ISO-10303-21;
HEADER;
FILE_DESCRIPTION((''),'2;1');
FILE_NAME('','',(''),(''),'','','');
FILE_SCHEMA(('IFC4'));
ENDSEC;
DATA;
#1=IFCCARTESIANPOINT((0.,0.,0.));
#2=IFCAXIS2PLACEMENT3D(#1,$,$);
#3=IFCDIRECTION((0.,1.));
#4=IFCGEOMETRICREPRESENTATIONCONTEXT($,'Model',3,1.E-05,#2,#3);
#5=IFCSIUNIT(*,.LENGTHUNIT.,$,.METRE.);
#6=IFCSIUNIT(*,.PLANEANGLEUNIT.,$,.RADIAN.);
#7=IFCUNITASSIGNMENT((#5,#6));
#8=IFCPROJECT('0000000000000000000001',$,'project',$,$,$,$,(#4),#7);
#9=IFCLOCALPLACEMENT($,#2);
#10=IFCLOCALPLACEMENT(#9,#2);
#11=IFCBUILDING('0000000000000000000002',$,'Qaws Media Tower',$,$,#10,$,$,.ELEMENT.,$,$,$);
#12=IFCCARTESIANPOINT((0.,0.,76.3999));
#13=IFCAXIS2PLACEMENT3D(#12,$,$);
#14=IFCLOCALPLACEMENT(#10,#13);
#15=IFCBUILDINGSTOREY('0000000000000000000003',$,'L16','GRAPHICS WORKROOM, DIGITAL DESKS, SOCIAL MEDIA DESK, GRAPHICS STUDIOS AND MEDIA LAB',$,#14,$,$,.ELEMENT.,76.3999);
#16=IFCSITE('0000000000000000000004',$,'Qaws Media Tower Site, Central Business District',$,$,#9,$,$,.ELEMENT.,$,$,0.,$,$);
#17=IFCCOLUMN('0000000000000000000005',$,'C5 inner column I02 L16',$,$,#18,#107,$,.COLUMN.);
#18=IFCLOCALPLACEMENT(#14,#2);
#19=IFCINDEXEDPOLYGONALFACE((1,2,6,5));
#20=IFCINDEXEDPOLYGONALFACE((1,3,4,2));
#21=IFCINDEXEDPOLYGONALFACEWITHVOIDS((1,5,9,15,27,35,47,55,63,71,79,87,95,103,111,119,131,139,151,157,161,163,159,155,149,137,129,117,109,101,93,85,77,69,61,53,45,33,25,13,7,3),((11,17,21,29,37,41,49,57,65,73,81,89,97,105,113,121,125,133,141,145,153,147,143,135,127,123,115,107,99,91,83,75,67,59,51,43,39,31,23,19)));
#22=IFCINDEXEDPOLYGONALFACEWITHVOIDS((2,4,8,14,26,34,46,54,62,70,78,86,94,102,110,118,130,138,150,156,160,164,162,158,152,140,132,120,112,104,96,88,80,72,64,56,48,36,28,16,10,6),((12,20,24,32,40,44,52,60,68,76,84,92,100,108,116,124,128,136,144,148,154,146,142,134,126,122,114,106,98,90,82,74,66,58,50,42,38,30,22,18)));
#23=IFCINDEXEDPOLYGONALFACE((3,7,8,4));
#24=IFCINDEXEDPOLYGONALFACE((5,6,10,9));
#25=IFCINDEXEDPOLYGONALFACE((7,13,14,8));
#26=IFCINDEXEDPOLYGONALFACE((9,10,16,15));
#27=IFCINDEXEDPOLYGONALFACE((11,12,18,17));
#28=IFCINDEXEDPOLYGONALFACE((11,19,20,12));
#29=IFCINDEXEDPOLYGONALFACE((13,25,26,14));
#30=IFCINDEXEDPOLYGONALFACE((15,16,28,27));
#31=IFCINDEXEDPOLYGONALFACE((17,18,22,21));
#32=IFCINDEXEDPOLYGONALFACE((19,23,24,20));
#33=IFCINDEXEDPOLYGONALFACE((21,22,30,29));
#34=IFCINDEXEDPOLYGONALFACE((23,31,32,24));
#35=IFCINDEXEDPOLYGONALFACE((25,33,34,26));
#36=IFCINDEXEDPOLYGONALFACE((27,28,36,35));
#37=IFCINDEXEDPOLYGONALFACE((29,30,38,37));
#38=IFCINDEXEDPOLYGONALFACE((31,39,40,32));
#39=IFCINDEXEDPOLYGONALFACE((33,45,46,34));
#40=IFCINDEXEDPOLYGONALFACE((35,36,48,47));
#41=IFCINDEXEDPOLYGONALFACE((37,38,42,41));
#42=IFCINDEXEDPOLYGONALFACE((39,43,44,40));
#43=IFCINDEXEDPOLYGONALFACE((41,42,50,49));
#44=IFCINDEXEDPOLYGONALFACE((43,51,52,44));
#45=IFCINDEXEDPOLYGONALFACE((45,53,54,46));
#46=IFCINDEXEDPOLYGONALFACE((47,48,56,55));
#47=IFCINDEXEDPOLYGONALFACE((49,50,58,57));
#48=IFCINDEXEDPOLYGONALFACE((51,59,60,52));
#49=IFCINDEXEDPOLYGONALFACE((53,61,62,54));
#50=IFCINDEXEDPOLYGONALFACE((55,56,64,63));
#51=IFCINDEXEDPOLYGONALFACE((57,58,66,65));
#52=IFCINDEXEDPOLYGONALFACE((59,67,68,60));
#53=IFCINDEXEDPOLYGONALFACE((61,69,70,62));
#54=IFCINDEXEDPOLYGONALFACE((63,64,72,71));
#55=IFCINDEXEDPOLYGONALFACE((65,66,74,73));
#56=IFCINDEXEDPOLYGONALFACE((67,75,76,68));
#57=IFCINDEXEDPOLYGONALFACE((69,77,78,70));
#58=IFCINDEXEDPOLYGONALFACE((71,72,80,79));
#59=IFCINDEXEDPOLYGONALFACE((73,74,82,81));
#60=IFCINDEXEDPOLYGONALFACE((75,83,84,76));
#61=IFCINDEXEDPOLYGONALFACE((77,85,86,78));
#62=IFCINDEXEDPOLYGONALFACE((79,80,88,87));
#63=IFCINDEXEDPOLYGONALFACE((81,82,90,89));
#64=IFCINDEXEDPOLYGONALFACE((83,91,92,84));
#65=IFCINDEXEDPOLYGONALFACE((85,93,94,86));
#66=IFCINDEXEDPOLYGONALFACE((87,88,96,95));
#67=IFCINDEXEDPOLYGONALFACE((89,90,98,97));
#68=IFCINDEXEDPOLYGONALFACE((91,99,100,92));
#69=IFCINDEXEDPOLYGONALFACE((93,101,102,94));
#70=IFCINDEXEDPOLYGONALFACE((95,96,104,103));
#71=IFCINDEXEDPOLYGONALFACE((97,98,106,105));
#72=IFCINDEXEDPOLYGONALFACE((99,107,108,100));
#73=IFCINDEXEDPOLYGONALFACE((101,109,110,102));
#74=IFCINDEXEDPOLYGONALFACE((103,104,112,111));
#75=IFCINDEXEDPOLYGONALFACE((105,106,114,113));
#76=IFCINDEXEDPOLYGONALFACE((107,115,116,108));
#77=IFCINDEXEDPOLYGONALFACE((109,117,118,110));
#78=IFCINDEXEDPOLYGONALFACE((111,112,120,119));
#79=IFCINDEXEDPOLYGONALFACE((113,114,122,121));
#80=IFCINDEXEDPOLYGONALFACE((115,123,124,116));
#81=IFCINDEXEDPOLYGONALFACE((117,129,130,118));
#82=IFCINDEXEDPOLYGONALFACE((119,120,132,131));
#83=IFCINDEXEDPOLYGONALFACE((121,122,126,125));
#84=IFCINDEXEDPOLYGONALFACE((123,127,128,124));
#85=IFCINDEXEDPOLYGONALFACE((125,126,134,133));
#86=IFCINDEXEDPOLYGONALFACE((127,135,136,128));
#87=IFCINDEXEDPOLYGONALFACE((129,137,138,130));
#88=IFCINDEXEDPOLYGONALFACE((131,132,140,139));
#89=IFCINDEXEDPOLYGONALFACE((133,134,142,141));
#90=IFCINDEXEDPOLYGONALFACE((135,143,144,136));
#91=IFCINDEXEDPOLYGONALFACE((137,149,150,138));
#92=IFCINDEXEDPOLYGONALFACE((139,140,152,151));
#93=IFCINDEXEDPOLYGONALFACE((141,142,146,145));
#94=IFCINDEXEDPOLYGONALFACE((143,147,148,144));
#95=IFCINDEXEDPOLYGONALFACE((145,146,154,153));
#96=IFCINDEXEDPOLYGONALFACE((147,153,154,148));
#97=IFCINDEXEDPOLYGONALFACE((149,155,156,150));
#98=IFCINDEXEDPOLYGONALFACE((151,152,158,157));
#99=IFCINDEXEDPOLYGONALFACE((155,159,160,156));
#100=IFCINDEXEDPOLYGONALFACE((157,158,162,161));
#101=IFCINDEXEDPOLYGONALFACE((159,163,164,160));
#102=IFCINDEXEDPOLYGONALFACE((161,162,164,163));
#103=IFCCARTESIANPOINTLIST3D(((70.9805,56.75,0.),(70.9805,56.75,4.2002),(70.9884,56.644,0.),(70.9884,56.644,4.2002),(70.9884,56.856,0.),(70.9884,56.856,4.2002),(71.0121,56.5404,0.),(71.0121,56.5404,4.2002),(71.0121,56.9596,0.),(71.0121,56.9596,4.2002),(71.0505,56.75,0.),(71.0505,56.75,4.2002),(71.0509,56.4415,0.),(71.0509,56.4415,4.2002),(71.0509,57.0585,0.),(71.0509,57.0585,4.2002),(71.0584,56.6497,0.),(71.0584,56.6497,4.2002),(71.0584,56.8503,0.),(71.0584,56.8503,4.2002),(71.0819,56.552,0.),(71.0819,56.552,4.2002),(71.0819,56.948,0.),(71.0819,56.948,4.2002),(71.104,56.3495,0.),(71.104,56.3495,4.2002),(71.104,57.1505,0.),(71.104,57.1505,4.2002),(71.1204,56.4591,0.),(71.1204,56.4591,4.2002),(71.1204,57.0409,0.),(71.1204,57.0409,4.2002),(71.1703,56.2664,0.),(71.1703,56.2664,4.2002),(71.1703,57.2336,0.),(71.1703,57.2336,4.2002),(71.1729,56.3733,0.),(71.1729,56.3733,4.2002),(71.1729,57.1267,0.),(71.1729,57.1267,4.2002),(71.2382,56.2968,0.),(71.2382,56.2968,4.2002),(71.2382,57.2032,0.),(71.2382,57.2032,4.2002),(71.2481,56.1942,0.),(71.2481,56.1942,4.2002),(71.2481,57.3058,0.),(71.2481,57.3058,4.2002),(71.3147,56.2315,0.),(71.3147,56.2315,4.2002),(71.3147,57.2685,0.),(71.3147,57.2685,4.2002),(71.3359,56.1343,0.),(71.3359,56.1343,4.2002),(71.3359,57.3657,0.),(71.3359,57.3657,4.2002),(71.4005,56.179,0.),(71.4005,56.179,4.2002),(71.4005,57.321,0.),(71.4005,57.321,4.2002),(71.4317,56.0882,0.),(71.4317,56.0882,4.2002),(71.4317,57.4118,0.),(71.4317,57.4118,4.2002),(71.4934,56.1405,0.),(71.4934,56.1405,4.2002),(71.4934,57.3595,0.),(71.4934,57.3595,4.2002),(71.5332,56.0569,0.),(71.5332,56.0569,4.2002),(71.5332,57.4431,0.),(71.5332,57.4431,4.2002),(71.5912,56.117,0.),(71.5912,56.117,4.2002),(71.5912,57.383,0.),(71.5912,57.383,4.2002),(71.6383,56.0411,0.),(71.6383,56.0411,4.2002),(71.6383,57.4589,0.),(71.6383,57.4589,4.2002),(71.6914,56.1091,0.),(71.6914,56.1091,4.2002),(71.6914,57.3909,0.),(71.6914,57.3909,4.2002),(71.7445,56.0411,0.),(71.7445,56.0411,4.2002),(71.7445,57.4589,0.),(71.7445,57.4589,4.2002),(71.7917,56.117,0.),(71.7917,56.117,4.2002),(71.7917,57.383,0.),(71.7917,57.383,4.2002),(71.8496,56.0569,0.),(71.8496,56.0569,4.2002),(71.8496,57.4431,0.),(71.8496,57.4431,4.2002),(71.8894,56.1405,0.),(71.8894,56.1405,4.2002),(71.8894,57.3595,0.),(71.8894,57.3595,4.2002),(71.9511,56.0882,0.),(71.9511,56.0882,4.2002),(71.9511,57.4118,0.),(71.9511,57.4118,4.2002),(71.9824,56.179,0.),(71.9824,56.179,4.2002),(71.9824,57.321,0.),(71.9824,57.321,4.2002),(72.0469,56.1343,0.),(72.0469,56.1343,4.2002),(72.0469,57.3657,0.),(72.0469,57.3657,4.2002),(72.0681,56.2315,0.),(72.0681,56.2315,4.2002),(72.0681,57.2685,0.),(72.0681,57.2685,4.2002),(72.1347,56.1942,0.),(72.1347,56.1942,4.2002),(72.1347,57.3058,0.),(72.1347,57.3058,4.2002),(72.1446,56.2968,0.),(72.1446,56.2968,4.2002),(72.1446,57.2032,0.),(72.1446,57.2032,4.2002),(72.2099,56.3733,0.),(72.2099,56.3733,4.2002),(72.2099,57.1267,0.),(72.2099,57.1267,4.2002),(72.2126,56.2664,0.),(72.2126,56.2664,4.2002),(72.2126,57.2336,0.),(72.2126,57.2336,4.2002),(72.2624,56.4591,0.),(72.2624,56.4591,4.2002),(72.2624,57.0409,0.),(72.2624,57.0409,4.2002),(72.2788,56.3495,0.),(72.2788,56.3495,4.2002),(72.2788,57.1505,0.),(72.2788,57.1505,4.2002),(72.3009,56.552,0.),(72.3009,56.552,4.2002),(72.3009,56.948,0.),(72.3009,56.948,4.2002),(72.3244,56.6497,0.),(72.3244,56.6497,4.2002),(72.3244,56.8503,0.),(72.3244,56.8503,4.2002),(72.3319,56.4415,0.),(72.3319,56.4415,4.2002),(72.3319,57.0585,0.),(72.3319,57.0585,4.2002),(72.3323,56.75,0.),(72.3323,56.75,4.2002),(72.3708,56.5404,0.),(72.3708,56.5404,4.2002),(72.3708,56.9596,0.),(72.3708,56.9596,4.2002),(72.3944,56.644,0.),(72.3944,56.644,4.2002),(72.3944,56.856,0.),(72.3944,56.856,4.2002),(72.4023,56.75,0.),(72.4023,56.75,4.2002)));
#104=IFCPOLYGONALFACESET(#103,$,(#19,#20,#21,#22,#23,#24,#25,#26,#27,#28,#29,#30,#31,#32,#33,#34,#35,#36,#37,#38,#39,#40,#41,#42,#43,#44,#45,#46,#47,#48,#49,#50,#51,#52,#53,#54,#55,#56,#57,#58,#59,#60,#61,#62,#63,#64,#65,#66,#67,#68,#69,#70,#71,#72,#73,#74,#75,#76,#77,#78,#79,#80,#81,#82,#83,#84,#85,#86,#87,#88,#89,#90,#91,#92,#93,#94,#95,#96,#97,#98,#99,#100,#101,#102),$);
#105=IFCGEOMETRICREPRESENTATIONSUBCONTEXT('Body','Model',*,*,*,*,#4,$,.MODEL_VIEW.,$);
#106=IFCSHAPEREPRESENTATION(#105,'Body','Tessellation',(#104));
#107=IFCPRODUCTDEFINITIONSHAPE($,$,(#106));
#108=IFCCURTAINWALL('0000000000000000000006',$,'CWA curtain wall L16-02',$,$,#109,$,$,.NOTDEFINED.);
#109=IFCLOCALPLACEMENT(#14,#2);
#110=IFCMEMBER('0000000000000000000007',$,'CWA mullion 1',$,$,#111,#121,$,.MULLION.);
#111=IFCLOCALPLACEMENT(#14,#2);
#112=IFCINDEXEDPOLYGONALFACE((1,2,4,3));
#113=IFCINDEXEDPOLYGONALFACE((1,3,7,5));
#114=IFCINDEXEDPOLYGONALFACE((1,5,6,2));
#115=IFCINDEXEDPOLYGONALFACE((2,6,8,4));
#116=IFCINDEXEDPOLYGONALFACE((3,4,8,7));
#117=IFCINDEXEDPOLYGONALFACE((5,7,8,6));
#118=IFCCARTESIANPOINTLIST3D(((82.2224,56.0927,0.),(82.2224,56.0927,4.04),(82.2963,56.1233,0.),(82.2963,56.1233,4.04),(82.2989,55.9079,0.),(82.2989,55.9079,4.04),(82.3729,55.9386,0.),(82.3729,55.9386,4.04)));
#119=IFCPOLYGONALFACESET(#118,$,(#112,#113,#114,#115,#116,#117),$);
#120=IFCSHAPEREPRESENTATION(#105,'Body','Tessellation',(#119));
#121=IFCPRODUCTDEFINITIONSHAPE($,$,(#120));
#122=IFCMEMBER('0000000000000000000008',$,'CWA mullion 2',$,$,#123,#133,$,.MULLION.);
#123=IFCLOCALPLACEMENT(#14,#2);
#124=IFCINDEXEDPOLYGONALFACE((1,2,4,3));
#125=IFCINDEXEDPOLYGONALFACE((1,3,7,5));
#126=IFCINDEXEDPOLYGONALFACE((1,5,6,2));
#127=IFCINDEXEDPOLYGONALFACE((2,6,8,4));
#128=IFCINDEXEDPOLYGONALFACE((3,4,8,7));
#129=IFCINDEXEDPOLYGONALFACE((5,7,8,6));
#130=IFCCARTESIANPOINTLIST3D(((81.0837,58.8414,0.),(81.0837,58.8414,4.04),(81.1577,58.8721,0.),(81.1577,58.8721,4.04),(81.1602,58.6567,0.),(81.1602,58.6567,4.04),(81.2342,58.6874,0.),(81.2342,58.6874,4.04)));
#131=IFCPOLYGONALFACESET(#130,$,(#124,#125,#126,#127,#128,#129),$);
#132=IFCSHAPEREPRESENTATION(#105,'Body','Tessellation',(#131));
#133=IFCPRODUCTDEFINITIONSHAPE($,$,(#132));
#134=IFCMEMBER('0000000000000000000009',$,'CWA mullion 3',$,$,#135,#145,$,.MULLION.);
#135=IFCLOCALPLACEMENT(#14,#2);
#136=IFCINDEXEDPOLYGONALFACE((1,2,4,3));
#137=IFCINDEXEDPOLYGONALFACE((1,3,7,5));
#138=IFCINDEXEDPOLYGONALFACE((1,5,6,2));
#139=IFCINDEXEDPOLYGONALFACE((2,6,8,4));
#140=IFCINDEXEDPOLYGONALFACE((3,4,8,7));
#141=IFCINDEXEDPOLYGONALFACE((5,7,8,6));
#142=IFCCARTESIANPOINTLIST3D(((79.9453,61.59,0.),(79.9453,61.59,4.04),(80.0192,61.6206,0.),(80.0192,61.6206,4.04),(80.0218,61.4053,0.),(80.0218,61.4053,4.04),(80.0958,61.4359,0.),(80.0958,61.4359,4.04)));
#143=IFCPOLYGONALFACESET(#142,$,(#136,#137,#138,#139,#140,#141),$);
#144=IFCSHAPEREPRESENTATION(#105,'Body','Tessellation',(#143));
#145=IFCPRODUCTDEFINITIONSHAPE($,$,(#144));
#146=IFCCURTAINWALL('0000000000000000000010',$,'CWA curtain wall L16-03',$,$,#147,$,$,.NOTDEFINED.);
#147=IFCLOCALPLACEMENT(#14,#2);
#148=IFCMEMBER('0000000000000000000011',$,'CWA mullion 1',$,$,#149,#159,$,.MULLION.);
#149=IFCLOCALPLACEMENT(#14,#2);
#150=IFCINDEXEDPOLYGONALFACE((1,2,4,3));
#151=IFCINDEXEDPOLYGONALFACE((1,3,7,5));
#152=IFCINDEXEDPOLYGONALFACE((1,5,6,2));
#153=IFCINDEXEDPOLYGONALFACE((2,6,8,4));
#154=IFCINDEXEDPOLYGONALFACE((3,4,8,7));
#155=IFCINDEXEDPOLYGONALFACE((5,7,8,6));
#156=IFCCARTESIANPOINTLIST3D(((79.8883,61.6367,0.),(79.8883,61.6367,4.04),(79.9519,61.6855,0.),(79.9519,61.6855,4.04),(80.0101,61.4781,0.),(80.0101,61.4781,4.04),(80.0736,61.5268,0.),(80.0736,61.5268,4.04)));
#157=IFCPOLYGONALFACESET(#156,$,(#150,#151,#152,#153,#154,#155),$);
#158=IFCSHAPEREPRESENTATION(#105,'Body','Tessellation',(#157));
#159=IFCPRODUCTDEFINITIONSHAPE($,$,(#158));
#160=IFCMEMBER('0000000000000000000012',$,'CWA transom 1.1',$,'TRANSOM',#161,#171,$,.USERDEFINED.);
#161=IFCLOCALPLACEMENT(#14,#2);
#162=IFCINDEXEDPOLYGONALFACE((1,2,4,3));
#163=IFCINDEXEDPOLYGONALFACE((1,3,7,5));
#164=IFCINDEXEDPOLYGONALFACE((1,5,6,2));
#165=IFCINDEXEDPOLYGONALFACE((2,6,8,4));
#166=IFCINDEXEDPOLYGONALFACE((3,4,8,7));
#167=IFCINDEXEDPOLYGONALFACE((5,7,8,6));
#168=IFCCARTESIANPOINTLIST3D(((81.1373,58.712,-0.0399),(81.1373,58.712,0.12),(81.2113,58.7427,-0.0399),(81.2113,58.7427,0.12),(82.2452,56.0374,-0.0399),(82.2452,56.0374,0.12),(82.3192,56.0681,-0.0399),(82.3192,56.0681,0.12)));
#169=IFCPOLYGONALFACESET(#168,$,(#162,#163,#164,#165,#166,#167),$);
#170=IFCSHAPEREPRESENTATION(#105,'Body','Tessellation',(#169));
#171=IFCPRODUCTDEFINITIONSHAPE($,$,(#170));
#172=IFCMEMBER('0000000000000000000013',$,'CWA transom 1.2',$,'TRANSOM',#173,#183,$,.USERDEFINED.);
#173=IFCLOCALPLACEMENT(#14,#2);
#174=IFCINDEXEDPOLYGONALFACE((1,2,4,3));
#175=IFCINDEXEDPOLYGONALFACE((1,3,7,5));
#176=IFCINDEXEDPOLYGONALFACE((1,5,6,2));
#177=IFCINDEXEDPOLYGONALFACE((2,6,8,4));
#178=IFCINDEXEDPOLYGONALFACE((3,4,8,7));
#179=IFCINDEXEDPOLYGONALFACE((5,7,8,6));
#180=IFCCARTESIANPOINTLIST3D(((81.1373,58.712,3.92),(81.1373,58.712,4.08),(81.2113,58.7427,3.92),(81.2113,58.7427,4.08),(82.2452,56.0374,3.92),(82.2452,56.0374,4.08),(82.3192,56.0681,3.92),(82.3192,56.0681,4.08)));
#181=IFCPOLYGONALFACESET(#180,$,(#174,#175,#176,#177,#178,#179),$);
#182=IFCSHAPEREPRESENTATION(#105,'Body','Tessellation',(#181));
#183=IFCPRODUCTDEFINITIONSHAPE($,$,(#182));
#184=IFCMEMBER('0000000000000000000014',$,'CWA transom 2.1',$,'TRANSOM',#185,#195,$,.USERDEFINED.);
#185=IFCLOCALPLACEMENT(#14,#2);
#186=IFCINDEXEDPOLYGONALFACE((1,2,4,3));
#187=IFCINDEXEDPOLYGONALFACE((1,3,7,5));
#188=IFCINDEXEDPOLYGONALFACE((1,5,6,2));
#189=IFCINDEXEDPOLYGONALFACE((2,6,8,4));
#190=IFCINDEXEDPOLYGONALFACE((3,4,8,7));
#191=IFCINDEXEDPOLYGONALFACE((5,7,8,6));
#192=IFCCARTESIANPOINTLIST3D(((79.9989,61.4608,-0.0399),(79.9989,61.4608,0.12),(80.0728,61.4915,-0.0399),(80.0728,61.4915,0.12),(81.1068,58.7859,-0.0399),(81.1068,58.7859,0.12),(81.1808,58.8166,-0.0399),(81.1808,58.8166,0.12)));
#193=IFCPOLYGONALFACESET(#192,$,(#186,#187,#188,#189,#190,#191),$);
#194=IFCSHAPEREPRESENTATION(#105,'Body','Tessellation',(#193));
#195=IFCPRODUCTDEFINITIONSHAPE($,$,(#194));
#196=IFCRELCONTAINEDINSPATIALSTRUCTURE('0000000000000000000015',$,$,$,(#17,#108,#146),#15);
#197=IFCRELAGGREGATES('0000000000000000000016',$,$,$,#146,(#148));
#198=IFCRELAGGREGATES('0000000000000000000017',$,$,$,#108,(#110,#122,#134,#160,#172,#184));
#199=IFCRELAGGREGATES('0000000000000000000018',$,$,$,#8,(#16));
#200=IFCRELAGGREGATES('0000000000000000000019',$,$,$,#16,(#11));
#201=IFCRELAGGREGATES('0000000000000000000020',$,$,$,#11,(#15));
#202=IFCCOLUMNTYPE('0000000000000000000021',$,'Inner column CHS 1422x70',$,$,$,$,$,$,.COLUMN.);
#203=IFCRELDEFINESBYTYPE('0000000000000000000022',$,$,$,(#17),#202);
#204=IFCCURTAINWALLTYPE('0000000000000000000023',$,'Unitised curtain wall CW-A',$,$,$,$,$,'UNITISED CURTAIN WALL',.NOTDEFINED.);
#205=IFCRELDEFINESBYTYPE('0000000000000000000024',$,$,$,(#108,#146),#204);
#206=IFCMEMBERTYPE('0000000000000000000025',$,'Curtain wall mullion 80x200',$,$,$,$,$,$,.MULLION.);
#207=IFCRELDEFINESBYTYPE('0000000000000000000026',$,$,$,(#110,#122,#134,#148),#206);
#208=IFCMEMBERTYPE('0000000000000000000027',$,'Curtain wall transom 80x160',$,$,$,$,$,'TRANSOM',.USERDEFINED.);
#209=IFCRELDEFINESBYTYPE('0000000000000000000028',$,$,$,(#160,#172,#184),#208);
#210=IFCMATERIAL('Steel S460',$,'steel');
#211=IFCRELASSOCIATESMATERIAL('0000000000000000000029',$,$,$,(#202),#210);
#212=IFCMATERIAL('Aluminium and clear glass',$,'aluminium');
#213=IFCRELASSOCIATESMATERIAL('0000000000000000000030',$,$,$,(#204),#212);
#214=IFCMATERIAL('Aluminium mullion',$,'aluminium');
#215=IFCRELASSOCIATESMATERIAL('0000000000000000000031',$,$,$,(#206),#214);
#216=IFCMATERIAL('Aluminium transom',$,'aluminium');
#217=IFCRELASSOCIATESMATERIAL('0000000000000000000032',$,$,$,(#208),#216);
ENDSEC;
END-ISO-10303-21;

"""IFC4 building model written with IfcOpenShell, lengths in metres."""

from ifc_helpers import new_model, si_unit, direction, frame, origin, origin_2d, place, context, subcontext, project, spatial, rectangle, hollow_circle, extrude, material, material_profile, profile_set, type_object, element, aggregate, save


model = new_model("IFC4")

# Units and contexts
model_context = context("Model", 3, precision=1e-05, world=origin(), true_north=direction((0.0, 1.0)))
body_context = subcontext(model_context, "Body", "Model", "MODEL_VIEW")
ifc_project = project(units=[si_unit("LENGTHUNIT", "METRE"), si_unit("PLANEANGLEUNIT", "RADIAN")], contexts=[model_context])

# Site, building, storey
site_placement = place(None, origin())
site = spatial("IfcSite", under=ifc_project, at=site_placement, Name="Qaws Media Tower Site, Central Business District", CompositionType="ELEMENT", RefElevation=0.0)
building_placement = place(site_placement, origin())
building = spatial("IfcBuilding", under=site, at=building_placement, Name="Qaws Media Tower", CompositionType="ELEMENT")
storey_placement = place(building_placement, frame((0.0, 0.0, 76.3999)))
storey = spatial("IfcBuildingStorey", under=building, at=storey_placement, Name="L16", Description="GRAPHICS WORKROOM, DIGITAL DESKS, SOCIAL MEDIA DESK, GRAPHICS STUDIOS AND MEDIA LAB", CompositionType="ELEMENT", Elevation=76.3999)

# Column
ifc_material_1 = material(Name="Steel S460", Category="steel")
ifc_material_profile_1 = material_profile(ifc_material_1, hollow_circle(Radius=0.7109, WallThickness=0.0701, at=origin_2d()), Name="CHS 1422x70")
ifc_profile_set_1 = profile_set([ifc_material_profile_1], Name="Steel S460")
column_type = type_object("IfcColumnType", Name="Inner column CHS 1422x70", PredefinedType="COLUMN", material=ifc_profile_set_1)
column_placement = place(storey_placement, frame((71.6914, 56.75, 0.0), z_axis=(0.0, 0.0, 1.0), x_axis=(1.0, 0.0, 0.0)))
element("IfcColumn", 1, at=column_placement, inside=storey, type_object=column_type, Name="C5 inner column I02 L16", PredefinedType="COLUMN", context=body_context, shape_type="SweptSolid", body=[
    extrude(hollow_circle(Radius=0.7109, WallThickness=0.0701, at=origin_2d()), origin(), (0.0, 0.0, 1.0), 4.2002),
])

# Curtain wall, members
ifc_material_2 = material(Name="Aluminium and clear glass", Category="aluminium")
curtain_wall_type = type_object("IfcCurtainWallType", Name="Unitised curtain wall CW-A", ElementType="UNITISED CURTAIN WALL", PredefinedType="NOTDEFINED", material=ifc_material_2)
curtain_wall_1_placement = place(storey_placement, origin())
curtain_wall_1 = element("IfcCurtainWall", 2, at=curtain_wall_1_placement, inside=storey, type_object=curtain_wall_type, Name="CWA curtain wall L16-02", PredefinedType="NOTDEFINED")
ifc_material_3 = material(Name="Aluminium mullion", Category="aluminium")
ifc_material_profile_2 = material_profile(ifc_material_3, rectangle(XDim=0.0801, YDim=0.2, at=origin_2d()), Name="80x200")
ifc_profile_set_2 = profile_set([ifc_material_profile_2], Name="Aluminium mullion")
member_type_1 = type_object("IfcMemberType", Name="Curtain wall mullion 80x200", PredefinedType="MULLION", material=ifc_profile_set_2)
member_1_placement = place(storey_placement, frame((82.2976, 56.0156, 0.0), z_axis=(0.0, 0.0, 1.0), x_axis=(-0.92388, -0.382683, 0.0)))
member_1 = element("IfcMember", 3, at=member_1_placement, type_object=member_type_1, Name="CWA mullion 1", PredefinedType="MULLION", context=body_context, shape_type="SweptSolid", body=[
    extrude(rectangle(XDim=0.0801, YDim=0.2, at=origin_2d()), origin(), (0.0, 0.0, 1.0), 4.04),
])
member_2_placement = place(storey_placement, frame((81.1589, 58.7644, 0.0), z_axis=(0.0, 0.0, 1.0), x_axis=(-0.92388, -0.382683, 0.0)))
member_2 = element("IfcMember", 4, at=member_2_placement, type_object=member_type_1, Name="CWA mullion 2", PredefinedType="MULLION", context=body_context, shape_type="SweptSolid", body=[
    extrude(rectangle(XDim=0.0801, YDim=0.2, at=origin_2d()), origin(), (0.0, 0.0, 1.0), 4.04),
])
member_3_placement = place(storey_placement, frame((80.0205, 61.5129, 0.0), z_axis=(0.0, 0.0, 1.0), x_axis=(-0.92388, -0.382683, 0.0)))
member_3 = element("IfcMember", 5, at=member_3_placement, type_object=member_type_1, Name="CWA mullion 3", PredefinedType="MULLION", context=body_context, shape_type="SweptSolid", body=[
    extrude(rectangle(XDim=0.0801, YDim=0.2, at=origin_2d()), origin(), (0.0, 0.0, 1.0), 4.04),
])

# Curtain wall, member
curtain_wall_2_placement = place(storey_placement, origin())
curtain_wall_2 = element("IfcCurtainWall", 6, at=curtain_wall_2_placement, inside=storey, type_object=curtain_wall_type, Name="CWA curtain wall L16-03", PredefinedType="NOTDEFINED")
member_4_placement = place(storey_placement, frame((79.981, 61.5818, 0.0), z_axis=(0.0, 0.0, 1.0), x_axis=(-0.793353, -0.608761, 0.0)))
member_4 = element("IfcMember", 7, at=member_4_placement, type_object=member_type_1, Name="CWA mullion 1", PredefinedType="MULLION", context=body_context, shape_type="SweptSolid", body=[
    extrude(rectangle(XDim=0.0801, YDim=0.2, at=origin_2d()), origin(), (0.0, 0.0, 1.0), 4.04),
])
aggregate(curtain_wall_2, [member_4])

# Members
ifc_material_4 = material(Name="Aluminium transom", Category="aluminium")
ifc_material_profile_3 = material_profile(ifc_material_4, rectangle(XDim=0.0801, YDim=0.1599, at=origin_2d()), Name="80x160")
ifc_profile_set_3 = profile_set([ifc_material_profile_3], Name="Aluminium transom")
member_type_2 = type_object("IfcMemberType", Name="Curtain wall transom 80x160", ElementType="TRANSOM", PredefinedType="USERDEFINED", material=ifc_profile_set_3)
member_5_placement = place(storey_placement, frame((82.2822, 56.0527, 0.04), z_axis=(-0.382704, 0.923871, 0.0), x_axis=(-0.923871, -0.382704, 0.0)))
member_5 = element("IfcMember", 8, at=member_5_placement, type_object=member_type_2, Name="CWA transom 1.1", ObjectType="TRANSOM", PredefinedType="USERDEFINED", context=body_context, shape_type="SweptSolid", body=[
    extrude(rectangle(XDim=0.0801, YDim=0.1599, at=origin_2d()), origin(), (0.0, 0.0, 1.0), 2.895),
])
member_6_placement = place(storey_placement, frame((82.2822, 56.0527, 4.0), z_axis=(-0.382704, 0.923871, 0.0), x_axis=(-0.923871, -0.382704, 0.0)))
member_6 = element("IfcMember", 9, at=member_6_placement, type_object=member_type_2, Name="CWA transom 1.2", ObjectType="TRANSOM", PredefinedType="USERDEFINED", context=body_context, shape_type="SweptSolid", body=[
    extrude(rectangle(XDim=0.0801, YDim=0.1599, at=origin_2d()), origin(), (0.0, 0.0, 1.0), 2.895),
])
member_7_placement = place(storey_placement, frame((81.1438, 58.8013, 0.04), z_axis=(-0.382675, 0.923883, 0.0), x_axis=(-0.923883, -0.382675, 0.0)))
member_7 = element("IfcMember", 10, at=member_7_placement, type_object=member_type_2, Name="CWA transom 2.1", ObjectType="TRANSOM", PredefinedType="USERDEFINED", context=body_context, shape_type="SweptSolid", body=[
    extrude(rectangle(XDim=0.0801, YDim=0.1599, at=origin_2d()), origin(), (0.0, 0.0, 1.0), 2.8953),
])

aggregate(curtain_wall_1, [member_1, member_2, member_3, member_5, member_6, member_7])

save(model, "model.ifc")
